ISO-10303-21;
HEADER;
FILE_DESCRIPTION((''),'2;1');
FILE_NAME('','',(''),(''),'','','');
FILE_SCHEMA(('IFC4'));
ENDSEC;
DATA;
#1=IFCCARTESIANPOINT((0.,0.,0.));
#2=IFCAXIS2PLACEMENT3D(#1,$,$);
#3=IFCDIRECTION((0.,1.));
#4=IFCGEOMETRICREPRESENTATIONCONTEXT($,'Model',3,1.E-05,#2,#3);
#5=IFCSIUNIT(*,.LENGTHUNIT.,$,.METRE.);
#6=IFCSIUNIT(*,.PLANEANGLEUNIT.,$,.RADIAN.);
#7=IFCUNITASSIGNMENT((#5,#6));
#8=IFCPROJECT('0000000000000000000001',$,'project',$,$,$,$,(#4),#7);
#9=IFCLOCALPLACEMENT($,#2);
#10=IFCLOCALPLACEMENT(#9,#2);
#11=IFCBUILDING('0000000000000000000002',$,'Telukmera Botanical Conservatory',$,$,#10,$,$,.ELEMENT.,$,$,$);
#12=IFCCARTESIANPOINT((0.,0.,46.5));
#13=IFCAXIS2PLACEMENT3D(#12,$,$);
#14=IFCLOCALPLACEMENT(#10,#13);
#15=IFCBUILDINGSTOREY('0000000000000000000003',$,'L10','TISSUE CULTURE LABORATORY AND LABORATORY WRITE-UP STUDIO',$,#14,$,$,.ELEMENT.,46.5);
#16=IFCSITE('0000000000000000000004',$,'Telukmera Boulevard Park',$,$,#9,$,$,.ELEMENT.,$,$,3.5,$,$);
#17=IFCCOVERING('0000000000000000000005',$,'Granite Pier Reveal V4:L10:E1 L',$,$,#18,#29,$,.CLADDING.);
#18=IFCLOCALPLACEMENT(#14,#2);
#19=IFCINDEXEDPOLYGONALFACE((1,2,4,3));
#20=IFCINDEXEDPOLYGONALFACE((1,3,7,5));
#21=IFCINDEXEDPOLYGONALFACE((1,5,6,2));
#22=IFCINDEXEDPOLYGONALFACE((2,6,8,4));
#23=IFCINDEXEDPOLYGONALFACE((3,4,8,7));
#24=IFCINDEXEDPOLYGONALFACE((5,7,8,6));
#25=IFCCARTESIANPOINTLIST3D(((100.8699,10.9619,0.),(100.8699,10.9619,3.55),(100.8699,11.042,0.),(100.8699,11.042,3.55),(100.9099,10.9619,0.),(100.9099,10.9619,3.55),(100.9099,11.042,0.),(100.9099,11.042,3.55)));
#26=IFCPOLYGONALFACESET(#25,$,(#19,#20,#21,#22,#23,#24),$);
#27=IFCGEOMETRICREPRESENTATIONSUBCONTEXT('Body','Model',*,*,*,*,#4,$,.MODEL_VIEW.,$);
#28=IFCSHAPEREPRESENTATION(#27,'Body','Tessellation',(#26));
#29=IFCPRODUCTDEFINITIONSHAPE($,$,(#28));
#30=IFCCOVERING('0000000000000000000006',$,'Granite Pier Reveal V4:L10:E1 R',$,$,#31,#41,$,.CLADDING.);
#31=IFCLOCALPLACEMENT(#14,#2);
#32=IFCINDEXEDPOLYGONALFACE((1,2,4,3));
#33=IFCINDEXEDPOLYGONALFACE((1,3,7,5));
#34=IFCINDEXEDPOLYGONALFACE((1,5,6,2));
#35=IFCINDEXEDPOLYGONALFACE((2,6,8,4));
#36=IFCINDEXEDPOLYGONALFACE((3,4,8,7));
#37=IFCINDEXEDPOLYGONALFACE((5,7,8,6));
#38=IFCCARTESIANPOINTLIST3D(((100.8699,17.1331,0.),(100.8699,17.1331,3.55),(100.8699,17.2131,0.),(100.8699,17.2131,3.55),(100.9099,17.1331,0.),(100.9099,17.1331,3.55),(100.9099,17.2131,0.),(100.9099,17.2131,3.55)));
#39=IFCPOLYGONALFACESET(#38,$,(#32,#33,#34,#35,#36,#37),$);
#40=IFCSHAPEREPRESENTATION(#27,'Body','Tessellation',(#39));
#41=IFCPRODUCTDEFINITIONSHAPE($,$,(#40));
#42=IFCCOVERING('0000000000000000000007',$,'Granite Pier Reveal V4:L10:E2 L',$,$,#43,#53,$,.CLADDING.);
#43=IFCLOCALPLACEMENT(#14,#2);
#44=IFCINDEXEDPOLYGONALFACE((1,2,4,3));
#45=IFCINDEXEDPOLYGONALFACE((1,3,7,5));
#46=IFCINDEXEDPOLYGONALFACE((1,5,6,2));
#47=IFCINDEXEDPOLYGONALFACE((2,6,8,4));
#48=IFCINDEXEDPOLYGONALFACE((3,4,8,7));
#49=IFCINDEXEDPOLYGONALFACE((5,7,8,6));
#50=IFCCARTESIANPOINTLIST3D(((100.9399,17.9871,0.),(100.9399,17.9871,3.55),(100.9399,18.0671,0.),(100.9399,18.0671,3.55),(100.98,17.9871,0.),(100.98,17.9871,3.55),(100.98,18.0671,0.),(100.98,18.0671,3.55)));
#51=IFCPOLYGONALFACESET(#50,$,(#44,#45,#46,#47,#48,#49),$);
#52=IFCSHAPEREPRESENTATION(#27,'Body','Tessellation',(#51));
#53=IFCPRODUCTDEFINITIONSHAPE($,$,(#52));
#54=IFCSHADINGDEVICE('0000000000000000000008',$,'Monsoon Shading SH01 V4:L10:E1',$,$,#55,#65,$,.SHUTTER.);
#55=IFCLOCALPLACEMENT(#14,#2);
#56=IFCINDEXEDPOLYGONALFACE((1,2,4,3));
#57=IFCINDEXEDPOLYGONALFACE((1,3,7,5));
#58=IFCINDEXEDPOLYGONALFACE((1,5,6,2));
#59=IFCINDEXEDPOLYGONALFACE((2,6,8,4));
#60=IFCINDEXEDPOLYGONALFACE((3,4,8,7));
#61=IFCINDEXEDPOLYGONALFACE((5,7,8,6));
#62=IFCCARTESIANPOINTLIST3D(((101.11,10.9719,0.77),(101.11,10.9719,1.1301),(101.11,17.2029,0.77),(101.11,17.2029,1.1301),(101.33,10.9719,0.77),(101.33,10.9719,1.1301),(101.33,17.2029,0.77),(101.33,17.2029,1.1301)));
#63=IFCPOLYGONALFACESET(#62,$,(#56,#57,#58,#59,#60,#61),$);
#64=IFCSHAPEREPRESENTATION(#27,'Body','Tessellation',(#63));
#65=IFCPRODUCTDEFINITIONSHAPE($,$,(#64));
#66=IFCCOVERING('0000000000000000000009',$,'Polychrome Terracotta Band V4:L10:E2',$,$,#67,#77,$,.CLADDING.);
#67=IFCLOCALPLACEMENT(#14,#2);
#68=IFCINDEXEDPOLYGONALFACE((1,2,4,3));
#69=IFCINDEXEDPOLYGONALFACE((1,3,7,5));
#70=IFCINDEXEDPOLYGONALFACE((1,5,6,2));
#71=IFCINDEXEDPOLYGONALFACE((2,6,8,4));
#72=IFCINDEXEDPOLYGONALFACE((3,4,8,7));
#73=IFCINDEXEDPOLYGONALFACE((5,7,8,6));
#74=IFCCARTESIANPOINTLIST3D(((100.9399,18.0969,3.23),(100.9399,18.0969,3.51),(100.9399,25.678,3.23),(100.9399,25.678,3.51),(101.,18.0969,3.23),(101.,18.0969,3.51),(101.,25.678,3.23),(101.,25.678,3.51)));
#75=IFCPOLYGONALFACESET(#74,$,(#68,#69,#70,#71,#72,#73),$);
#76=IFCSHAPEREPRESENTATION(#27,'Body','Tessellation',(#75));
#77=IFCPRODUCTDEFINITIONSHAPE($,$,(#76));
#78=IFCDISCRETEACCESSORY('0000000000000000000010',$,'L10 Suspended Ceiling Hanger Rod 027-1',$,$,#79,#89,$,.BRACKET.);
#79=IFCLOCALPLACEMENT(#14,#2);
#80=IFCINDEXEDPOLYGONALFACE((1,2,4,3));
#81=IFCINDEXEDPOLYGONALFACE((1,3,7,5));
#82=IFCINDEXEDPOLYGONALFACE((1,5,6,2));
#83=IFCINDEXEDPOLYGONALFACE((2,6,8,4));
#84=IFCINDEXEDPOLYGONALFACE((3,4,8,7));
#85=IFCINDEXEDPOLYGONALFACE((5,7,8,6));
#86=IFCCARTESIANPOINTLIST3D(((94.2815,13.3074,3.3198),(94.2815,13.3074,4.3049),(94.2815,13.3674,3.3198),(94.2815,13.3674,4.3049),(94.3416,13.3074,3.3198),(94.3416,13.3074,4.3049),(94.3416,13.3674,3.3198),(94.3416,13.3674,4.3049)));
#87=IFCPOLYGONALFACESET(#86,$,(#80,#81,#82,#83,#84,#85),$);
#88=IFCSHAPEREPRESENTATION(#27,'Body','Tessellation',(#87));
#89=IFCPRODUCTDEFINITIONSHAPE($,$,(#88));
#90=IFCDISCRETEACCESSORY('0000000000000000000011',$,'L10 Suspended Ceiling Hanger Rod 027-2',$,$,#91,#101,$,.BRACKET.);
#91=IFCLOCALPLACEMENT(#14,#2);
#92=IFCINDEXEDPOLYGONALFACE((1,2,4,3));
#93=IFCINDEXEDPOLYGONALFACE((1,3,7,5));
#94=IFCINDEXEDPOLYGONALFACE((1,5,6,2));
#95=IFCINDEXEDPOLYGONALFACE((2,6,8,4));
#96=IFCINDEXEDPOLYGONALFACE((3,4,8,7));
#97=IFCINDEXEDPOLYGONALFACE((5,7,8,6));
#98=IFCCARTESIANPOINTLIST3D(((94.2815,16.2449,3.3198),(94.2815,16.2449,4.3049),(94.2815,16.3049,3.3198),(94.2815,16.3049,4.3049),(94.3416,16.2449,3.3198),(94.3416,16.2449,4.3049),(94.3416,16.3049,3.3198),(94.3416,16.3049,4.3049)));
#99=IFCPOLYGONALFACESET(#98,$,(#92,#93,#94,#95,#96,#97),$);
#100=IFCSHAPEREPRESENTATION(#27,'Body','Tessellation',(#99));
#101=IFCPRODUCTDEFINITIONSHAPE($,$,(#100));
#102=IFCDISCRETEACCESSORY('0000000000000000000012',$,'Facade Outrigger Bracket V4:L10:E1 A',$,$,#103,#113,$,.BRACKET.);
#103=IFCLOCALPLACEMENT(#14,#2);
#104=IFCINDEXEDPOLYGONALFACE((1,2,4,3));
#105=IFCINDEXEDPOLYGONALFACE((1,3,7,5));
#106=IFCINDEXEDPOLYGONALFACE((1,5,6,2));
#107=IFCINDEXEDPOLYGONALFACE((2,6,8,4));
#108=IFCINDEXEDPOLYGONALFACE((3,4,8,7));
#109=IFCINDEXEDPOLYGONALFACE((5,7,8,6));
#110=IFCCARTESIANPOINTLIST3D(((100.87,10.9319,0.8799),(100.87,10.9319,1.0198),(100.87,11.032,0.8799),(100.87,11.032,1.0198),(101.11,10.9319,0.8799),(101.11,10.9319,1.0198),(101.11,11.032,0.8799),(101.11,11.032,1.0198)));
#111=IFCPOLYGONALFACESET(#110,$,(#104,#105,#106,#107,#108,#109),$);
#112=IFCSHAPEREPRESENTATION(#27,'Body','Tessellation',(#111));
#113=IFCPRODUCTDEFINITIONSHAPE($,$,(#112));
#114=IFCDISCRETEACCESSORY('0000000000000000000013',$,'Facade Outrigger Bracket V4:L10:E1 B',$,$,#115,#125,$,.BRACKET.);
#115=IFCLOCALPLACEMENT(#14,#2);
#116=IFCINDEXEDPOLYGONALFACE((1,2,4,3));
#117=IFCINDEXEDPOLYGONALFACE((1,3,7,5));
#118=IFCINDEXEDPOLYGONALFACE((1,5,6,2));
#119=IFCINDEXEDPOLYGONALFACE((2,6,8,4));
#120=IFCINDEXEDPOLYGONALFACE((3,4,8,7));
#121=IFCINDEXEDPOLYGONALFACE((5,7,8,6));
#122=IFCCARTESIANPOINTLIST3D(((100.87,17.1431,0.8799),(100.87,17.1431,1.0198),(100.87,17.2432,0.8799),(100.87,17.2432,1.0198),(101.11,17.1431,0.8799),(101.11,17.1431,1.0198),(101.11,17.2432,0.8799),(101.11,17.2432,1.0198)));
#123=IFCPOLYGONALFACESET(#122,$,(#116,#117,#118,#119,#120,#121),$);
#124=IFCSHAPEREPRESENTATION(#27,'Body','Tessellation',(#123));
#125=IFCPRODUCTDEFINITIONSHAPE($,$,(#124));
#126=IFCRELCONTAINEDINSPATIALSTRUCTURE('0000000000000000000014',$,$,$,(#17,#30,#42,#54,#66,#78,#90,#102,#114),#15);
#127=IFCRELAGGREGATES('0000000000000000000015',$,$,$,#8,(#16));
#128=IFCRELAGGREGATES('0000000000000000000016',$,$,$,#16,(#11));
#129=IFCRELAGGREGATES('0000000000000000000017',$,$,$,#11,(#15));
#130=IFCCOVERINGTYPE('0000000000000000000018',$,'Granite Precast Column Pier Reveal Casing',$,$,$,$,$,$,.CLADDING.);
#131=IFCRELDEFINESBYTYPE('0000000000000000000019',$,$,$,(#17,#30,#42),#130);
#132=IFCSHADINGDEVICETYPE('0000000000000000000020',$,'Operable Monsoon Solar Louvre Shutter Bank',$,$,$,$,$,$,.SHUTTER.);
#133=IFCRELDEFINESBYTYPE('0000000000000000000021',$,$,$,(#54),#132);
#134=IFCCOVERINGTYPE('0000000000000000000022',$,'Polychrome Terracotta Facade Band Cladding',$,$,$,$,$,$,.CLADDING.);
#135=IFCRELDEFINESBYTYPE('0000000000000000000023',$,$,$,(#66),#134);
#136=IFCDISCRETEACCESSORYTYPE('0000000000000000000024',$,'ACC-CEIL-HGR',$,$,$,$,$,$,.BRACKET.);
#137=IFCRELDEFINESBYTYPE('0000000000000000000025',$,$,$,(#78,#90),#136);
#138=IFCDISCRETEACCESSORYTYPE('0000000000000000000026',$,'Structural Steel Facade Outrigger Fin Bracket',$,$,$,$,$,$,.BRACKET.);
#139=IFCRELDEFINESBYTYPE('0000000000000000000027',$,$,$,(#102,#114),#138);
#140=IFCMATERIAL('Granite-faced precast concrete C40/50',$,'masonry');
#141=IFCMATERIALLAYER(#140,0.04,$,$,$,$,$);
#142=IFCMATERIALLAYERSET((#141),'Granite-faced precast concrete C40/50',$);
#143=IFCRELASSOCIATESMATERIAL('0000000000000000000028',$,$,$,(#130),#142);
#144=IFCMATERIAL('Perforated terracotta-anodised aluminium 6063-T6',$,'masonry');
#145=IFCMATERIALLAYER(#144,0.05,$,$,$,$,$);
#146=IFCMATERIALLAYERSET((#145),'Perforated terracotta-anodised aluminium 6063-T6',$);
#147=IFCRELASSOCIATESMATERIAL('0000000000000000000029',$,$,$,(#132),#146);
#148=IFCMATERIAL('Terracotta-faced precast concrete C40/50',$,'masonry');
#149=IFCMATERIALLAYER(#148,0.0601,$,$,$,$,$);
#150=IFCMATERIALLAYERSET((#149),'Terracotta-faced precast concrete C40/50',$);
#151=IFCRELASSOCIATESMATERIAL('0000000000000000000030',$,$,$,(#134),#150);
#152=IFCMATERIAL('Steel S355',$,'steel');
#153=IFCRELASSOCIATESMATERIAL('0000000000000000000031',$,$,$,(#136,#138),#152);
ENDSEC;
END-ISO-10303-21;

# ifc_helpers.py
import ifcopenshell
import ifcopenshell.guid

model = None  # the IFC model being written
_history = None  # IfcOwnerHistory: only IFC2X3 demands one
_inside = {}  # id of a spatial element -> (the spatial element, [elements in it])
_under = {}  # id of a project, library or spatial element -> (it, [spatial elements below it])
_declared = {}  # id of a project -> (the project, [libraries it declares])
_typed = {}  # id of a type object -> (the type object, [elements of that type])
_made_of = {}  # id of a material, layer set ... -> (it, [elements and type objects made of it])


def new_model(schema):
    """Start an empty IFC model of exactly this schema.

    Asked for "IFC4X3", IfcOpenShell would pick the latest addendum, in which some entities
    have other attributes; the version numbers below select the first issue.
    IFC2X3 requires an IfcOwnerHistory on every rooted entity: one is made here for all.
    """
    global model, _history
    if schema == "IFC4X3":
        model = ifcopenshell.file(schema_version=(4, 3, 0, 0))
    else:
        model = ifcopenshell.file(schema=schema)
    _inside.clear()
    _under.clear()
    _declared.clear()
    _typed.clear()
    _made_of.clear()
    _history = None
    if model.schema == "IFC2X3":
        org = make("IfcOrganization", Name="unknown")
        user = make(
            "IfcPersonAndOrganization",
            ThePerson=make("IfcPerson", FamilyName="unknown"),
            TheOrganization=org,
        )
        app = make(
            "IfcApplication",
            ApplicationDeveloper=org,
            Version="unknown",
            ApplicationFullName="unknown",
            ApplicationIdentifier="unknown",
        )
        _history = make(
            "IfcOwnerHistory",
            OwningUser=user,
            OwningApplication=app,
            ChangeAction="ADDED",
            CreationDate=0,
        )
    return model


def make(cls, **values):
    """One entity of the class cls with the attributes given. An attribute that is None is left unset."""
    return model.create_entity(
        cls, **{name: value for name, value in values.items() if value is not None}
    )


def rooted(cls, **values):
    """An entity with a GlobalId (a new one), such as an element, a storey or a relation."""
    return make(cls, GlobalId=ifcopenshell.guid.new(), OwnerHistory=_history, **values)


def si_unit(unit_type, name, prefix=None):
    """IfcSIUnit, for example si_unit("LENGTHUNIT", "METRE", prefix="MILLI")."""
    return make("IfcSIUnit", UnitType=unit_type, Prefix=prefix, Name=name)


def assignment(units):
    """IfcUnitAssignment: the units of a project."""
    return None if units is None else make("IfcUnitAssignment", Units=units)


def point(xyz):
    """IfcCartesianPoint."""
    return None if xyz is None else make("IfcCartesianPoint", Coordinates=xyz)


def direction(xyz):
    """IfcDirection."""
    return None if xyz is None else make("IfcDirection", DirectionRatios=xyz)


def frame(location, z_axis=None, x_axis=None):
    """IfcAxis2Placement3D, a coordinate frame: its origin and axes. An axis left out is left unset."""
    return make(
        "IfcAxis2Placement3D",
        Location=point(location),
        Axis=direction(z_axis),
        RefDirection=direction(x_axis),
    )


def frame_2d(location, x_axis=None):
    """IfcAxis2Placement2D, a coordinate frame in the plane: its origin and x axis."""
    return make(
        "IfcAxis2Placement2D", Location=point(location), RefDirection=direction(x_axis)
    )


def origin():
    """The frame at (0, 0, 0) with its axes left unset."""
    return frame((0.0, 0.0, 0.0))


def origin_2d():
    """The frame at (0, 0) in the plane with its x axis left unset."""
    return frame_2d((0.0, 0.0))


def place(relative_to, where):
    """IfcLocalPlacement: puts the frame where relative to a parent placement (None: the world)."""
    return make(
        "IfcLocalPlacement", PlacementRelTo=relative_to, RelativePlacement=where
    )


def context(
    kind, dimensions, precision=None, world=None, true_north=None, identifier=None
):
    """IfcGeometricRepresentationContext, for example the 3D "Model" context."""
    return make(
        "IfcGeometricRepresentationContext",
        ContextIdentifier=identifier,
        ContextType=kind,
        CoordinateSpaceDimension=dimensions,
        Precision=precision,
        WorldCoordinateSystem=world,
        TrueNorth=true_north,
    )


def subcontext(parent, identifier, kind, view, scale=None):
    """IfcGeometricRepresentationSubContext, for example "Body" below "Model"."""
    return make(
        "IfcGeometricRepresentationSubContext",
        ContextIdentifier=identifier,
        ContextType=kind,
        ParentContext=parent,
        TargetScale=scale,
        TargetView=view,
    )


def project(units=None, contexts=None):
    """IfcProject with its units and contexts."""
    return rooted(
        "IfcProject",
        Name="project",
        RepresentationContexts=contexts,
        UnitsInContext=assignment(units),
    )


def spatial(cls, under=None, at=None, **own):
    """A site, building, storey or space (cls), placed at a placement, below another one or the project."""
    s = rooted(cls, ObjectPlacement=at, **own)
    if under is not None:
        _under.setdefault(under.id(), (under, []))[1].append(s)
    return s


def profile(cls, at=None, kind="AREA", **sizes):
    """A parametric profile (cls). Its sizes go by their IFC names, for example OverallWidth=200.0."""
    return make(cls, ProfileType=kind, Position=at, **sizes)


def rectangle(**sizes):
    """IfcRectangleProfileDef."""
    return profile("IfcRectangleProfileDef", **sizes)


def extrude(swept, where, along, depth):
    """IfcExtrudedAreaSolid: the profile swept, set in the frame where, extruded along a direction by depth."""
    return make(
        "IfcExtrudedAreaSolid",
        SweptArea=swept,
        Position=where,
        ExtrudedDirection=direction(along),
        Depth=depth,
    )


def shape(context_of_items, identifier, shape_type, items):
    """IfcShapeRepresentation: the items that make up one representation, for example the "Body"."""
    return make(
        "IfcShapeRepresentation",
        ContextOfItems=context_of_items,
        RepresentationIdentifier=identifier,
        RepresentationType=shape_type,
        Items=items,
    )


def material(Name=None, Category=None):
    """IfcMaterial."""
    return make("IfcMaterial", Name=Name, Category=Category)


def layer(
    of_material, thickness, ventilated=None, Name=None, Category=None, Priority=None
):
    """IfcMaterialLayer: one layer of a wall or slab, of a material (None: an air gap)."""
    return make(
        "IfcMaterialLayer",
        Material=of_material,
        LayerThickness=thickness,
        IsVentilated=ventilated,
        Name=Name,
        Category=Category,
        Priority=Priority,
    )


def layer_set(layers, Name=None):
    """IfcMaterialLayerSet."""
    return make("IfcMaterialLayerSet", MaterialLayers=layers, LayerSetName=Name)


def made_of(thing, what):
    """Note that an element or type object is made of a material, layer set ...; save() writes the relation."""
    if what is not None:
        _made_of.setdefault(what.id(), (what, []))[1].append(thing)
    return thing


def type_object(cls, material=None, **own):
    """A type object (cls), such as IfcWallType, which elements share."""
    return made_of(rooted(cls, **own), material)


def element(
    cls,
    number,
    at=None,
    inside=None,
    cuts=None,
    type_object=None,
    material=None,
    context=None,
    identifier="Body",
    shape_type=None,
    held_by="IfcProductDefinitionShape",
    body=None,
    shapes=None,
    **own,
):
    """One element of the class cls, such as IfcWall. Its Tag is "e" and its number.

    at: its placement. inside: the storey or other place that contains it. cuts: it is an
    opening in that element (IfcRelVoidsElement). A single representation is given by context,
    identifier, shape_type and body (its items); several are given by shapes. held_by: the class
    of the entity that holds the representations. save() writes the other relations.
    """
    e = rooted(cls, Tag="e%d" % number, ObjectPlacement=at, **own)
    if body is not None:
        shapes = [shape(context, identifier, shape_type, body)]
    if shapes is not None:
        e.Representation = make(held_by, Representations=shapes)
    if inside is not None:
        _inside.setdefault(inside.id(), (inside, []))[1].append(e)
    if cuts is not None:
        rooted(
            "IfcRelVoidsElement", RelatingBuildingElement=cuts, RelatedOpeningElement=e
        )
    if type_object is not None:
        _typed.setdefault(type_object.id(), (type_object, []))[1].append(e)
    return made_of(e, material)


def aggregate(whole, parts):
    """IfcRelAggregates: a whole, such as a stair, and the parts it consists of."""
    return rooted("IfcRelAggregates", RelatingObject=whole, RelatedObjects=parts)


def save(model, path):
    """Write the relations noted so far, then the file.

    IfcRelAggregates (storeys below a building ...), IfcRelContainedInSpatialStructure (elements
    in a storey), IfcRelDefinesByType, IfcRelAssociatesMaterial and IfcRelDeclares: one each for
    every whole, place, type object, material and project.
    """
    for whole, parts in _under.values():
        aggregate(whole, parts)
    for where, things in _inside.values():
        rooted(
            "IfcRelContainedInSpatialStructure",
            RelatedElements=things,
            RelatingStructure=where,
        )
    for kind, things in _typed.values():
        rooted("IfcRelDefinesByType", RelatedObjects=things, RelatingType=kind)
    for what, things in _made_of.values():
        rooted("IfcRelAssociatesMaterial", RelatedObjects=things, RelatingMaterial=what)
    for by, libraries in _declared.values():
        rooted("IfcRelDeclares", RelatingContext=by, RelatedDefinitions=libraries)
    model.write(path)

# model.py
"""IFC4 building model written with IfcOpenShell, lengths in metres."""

from ifc_helpers import new_model, si_unit, direction, frame, origin, origin_2d, place, context, subcontext, project, spatial, rectangle, extrude, material, layer, layer_set, type_object, element, save


model = new_model("IFC4")

# Units and contexts
model_context = context("Model", 3, precision=1e-05, world=origin(), true_north=direction((0.0, 1.0)))
body_context = subcontext(model_context, "Body", "Model", "MODEL_VIEW")
ifc_project = project(units=[si_unit("LENGTHUNIT", "METRE"), si_unit("PLANEANGLEUNIT", "RADIAN")], contexts=[model_context])

# Site, building, storey
site_placement = place(None, origin())
site = spatial("IfcSite", under=ifc_project, at=site_placement, Name="Telukmera Boulevard Park", CompositionType="ELEMENT", RefElevation=3.5)
building_placement = place(site_placement, origin())
building = spatial("IfcBuilding", under=site, at=building_placement, Name="Telukmera Botanical Conservatory", CompositionType="ELEMENT")
storey_placement = place(building_placement, frame((0.0, 0.0, 46.5)))
storey = spatial("IfcBuildingStorey", under=building, at=storey_placement, Name="L10", Description="TISSUE CULTURE LABORATORY AND LABORATORY WRITE-UP STUDIO", CompositionType="ELEMENT", Elevation=46.5)

# Coverings
ifc_material_1 = material(Name="Granite-faced precast concrete C40/50", Category="masonry")
ifc_layer_1 = layer(ifc_material_1, 0.04)
ifc_layer_set_1 = layer_set([ifc_layer_1], Name="Granite-faced precast concrete C40/50")
covering_type_1 = type_object("IfcCoveringType", Name="Granite Precast Column Pier Reveal Casing", PredefinedType="CLADDING", material=ifc_layer_set_1)
for number, where, z_axis, x_axis, name in (
    (1, (100.8899, 11.002, 0.0), (0.0, 0.0, 1.0), (0.0, 1.0, 0.0), "Granite Pier Reveal V4:L10:E1 L"),
    (2, (100.8899, 17.1731, 0.0), (0.0, 0.0, 1.0), (0.0, 1.0, 0.0), "Granite Pier Reveal V4:L10:E1 R"),
    (3, (100.96, 18.0271, 0.0), (0.0, 0.0, 1.0), (0.0, 1.0, 0.0), "Granite Pier Reveal V4:L10:E2 L"),
):
    element("IfcCovering", number, at=place(storey_placement, frame(where, z_axis=z_axis, x_axis=x_axis)), inside=storey, type_object=covering_type_1, Name=name, PredefinedType="CLADDING", context=body_context, shape_type="SweptSolid", body=[
        extrude(rectangle(XDim=0.0801, YDim=0.04, at=origin_2d()), origin(), (0.0, 0.0, 1.0), 3.55),
    ])

# Shading device
ifc_material_2 = material(Name="Perforated terracotta-anodised aluminium 6063-T6", Category="masonry")
ifc_layer_2 = layer(ifc_material_2, 0.05)
ifc_layer_set_2 = layer_set([ifc_layer_2], Name="Perforated terracotta-anodised aluminium 6063-T6")
shading_device_type = type_object("IfcShadingDeviceType", Name="Operable Monsoon Solar Louvre Shutter Bank", PredefinedType="SHUTTER", material=ifc_layer_set_2)
shading_device_placement = place(storey_placement, frame((101.22, 14.0874, 0.77), z_axis=(0.0, 0.0, 1.0), x_axis=(0.0, 1.0, 0.0)))
element("IfcShadingDevice", 4, at=shading_device_placement, inside=storey, type_object=shading_device_type, Name="Monsoon Shading SH01 V4:L10:E1", PredefinedType="SHUTTER", context=body_context, shape_type="SweptSolid", body=[
    extrude(rectangle(XDim=6.231, YDim=0.22, at=origin_2d()), origin(), (0.0, 0.0, 1.0), 0.3601),
])

# Covering
ifc_material_3 = material(Name="Terracotta-faced precast concrete C40/50", Category="masonry")
ifc_layer_3 = layer(ifc_material_3, 0.0601)
ifc_layer_set_3 = layer_set([ifc_layer_3], Name="Terracotta-faced precast concrete C40/50")
covering_type_2 = type_object("IfcCoveringType", Name="Polychrome Terracotta Facade Band Cladding", PredefinedType="CLADDING", material=ifc_layer_set_3)
covering_placement = place(storey_placement, frame((100.97, 21.8875, 3.23), z_axis=(0.0, 0.0, 1.0), x_axis=(0.0, 1.0, 0.0)))
element("IfcCovering", 5, at=covering_placement, inside=storey, type_object=covering_type_2, Name="Polychrome Terracotta Band V4:L10:E2", PredefinedType="CLADDING", context=body_context, shape_type="SweptSolid", body=[
    extrude(rectangle(XDim=7.5811, YDim=0.0601, at=origin_2d()), origin(), (0.0, 0.0, 1.0), 0.28),
])

# Discrete accessories
ifc_material_4 = material(Name="Steel S355", Category="steel")
discrete_accessory_type_1 = type_object("IfcDiscreteAccessoryType", Name="ACC-CEIL-HGR", PredefinedType="BRACKET", material=ifc_material_4)
for number, where, z_axis, x_axis, name in (
    (6, (94.3115, 13.3374, 3.3198), (0.0, 0.0, 1.0), (1.0, 0.0, 0.0), "L10 Suspended Ceiling Hanger Rod 027-1"),
    (7, (94.3115, 16.2749, 3.3198), (0.0, 0.0, 1.0), (1.0, 0.0, 0.0), "L10 Suspended Ceiling Hanger Rod 027-2"),
):
    element("IfcDiscreteAccessory", number, at=place(storey_placement, frame(where, z_axis=z_axis, x_axis=x_axis)), inside=storey, type_object=discrete_accessory_type_1, Name=name, PredefinedType="BRACKET", context=body_context, shape_type="SweptSolid", body=[
        extrude(rectangle(XDim=0.0601, YDim=0.0601, at=origin_2d()), origin(), (0.0, 0.0, 1.0), 0.9851),
    ])
discrete_accessory_type_2 = type_object("IfcDiscreteAccessoryType", Name="Structural Steel Facade Outrigger Fin Bracket", PredefinedType="BRACKET", material=ifc_material_4)
for number, where, z_axis, x_axis, name in (
    (8, (100.99, 10.9819, 0.8799), (0.0, 0.0, 1.0), (0.0, 1.0, 0.0), "Facade Outrigger Bracket V4:L10:E1 A"),
    (9, (100.99, 17.1931, 0.8799), (0.0, 0.0, 1.0), (0.0, 1.0, 0.0), "Facade Outrigger Bracket V4:L10:E1 B"),
):
    element("IfcDiscreteAccessory", number, at=place(storey_placement, frame(where, z_axis=z_axis, x_axis=x_axis)), inside=storey, type_object=discrete_accessory_type_2, Name=name, PredefinedType="BRACKET", context=body_context, shape_type="SweptSolid", body=[
        extrude(rectangle(XDim=0.1001, YDim=0.24, at=origin_2d()), origin(), (0.0, 0.0, 1.0), 0.1399),
    ])

save(model, "model.ifc")
